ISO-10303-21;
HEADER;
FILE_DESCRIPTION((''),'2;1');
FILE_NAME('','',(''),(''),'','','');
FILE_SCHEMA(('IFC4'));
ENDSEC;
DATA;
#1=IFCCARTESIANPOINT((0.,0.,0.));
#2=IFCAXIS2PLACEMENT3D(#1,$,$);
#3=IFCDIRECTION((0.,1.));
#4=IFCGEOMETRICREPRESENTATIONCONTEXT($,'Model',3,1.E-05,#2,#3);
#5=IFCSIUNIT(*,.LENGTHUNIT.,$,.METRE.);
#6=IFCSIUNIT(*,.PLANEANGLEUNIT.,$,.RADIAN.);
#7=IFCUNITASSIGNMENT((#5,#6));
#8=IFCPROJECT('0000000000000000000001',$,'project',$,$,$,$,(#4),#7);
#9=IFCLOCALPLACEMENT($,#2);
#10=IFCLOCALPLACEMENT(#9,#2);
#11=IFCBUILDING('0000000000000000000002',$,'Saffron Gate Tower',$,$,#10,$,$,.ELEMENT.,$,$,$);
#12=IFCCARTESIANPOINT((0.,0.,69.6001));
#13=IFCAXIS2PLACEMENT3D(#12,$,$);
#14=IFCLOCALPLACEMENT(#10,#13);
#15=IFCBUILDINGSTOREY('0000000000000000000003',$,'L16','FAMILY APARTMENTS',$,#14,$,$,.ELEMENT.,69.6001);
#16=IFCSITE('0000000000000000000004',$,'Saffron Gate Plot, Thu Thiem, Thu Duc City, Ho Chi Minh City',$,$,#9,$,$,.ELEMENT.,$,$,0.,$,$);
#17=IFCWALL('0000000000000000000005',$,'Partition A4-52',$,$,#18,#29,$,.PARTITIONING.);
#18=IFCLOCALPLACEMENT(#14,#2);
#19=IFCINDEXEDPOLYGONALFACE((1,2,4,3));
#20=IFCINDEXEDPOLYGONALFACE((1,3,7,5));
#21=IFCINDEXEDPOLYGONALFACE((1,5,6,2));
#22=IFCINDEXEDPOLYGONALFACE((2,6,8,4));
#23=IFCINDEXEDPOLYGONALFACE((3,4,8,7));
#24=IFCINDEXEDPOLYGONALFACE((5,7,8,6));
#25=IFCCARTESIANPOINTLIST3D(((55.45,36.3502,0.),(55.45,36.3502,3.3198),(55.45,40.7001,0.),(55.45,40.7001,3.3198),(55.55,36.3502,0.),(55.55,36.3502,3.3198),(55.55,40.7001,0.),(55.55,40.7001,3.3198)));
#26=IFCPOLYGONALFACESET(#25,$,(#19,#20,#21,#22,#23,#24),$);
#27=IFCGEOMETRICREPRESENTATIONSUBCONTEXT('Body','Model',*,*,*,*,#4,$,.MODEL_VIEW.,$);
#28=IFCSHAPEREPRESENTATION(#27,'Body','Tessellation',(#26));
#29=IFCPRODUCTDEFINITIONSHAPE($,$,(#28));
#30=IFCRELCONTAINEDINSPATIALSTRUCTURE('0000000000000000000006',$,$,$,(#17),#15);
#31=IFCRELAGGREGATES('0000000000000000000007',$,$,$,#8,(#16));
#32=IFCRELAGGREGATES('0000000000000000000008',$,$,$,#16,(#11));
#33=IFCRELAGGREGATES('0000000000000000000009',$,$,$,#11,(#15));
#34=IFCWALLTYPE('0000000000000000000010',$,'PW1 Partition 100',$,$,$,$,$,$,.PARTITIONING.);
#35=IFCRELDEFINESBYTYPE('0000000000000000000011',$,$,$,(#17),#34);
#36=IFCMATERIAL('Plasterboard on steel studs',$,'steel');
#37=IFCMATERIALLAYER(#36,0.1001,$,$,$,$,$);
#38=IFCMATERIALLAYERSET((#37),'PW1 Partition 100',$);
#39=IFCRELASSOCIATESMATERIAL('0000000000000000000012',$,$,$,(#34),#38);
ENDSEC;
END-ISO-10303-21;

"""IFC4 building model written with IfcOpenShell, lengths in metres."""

from ifc_helpers import new_model, si_unit, direction, frame, frame_2d, origin, place, context, subcontext, project, spatial, rectangle, extrude, material, layer, layer_set, type_object, element, save


model = new_model("IFC4")

# Units and contexts
model_context = context("Model", 3, precision=1e-05, world=origin(), true_north=direction((0.0, 1.0)))
body_context = subcontext(model_context, "Body", "Model", "MODEL_VIEW")
ifc_project = project(units=[si_unit("LENGTHUNIT", "METRE"), si_unit("PLANEANGLEUNIT", "RADIAN")], contexts=[model_context])

# Site, building, storey
site_placement = place(None, origin())
site = spatial("IfcSite", under=ifc_project, at=site_placement, Name="Saffron Gate Plot, Thu Thiem, Thu Duc City, Ho Chi Minh City", CompositionType="ELEMENT", RefElevation=0.0)
building_placement = place(site_placement, origin())
building = spatial("IfcBuilding", under=site, at=building_placement, Name="Saffron Gate Tower", CompositionType="ELEMENT")
storey_placement = place(building_placement, frame((0.0, 0.0, 69.6001)))
storey = spatial("IfcBuildingStorey", under=building, at=storey_placement, Name="L16", Description="FAMILY APARTMENTS", CompositionType="ELEMENT", Elevation=69.6001)

# Shared definitions
ifc_material_1 = material(Name="Plasterboard on steel studs", Category="steel")
ifc_layer_1 = layer(ifc_material_1, 0.1001)
ifc_layer_set_1 = layer_set([ifc_layer_1], Name="PW1 Partition 100")
wall_type = type_object("IfcWallType", Name="PW1 Partition 100", PredefinedType="PARTITIONING", material=ifc_layer_set_1)

# Wall
wall_1_placement = place(storey_placement, frame((55.5, 40.7, 0.0), z_axis=(0.0, 0.0, 1.0), x_axis=(0.0, -1.0, 0.0)))
element("IfcWall", 1, at=wall_1_placement, inside=storey, type_object=wall_type, Name="Partition A4-52", PredefinedType="PARTITIONING", context=body_context, shape_type="SweptSolid", body=[
    extrude(rectangle(XDim=4.3499, YDim=0.1001, at=frame_2d((2.1748, 0.0))), origin(), (0.0, 0.0, 1.0), 3.3198),
])

save(model, "model.ifc")
